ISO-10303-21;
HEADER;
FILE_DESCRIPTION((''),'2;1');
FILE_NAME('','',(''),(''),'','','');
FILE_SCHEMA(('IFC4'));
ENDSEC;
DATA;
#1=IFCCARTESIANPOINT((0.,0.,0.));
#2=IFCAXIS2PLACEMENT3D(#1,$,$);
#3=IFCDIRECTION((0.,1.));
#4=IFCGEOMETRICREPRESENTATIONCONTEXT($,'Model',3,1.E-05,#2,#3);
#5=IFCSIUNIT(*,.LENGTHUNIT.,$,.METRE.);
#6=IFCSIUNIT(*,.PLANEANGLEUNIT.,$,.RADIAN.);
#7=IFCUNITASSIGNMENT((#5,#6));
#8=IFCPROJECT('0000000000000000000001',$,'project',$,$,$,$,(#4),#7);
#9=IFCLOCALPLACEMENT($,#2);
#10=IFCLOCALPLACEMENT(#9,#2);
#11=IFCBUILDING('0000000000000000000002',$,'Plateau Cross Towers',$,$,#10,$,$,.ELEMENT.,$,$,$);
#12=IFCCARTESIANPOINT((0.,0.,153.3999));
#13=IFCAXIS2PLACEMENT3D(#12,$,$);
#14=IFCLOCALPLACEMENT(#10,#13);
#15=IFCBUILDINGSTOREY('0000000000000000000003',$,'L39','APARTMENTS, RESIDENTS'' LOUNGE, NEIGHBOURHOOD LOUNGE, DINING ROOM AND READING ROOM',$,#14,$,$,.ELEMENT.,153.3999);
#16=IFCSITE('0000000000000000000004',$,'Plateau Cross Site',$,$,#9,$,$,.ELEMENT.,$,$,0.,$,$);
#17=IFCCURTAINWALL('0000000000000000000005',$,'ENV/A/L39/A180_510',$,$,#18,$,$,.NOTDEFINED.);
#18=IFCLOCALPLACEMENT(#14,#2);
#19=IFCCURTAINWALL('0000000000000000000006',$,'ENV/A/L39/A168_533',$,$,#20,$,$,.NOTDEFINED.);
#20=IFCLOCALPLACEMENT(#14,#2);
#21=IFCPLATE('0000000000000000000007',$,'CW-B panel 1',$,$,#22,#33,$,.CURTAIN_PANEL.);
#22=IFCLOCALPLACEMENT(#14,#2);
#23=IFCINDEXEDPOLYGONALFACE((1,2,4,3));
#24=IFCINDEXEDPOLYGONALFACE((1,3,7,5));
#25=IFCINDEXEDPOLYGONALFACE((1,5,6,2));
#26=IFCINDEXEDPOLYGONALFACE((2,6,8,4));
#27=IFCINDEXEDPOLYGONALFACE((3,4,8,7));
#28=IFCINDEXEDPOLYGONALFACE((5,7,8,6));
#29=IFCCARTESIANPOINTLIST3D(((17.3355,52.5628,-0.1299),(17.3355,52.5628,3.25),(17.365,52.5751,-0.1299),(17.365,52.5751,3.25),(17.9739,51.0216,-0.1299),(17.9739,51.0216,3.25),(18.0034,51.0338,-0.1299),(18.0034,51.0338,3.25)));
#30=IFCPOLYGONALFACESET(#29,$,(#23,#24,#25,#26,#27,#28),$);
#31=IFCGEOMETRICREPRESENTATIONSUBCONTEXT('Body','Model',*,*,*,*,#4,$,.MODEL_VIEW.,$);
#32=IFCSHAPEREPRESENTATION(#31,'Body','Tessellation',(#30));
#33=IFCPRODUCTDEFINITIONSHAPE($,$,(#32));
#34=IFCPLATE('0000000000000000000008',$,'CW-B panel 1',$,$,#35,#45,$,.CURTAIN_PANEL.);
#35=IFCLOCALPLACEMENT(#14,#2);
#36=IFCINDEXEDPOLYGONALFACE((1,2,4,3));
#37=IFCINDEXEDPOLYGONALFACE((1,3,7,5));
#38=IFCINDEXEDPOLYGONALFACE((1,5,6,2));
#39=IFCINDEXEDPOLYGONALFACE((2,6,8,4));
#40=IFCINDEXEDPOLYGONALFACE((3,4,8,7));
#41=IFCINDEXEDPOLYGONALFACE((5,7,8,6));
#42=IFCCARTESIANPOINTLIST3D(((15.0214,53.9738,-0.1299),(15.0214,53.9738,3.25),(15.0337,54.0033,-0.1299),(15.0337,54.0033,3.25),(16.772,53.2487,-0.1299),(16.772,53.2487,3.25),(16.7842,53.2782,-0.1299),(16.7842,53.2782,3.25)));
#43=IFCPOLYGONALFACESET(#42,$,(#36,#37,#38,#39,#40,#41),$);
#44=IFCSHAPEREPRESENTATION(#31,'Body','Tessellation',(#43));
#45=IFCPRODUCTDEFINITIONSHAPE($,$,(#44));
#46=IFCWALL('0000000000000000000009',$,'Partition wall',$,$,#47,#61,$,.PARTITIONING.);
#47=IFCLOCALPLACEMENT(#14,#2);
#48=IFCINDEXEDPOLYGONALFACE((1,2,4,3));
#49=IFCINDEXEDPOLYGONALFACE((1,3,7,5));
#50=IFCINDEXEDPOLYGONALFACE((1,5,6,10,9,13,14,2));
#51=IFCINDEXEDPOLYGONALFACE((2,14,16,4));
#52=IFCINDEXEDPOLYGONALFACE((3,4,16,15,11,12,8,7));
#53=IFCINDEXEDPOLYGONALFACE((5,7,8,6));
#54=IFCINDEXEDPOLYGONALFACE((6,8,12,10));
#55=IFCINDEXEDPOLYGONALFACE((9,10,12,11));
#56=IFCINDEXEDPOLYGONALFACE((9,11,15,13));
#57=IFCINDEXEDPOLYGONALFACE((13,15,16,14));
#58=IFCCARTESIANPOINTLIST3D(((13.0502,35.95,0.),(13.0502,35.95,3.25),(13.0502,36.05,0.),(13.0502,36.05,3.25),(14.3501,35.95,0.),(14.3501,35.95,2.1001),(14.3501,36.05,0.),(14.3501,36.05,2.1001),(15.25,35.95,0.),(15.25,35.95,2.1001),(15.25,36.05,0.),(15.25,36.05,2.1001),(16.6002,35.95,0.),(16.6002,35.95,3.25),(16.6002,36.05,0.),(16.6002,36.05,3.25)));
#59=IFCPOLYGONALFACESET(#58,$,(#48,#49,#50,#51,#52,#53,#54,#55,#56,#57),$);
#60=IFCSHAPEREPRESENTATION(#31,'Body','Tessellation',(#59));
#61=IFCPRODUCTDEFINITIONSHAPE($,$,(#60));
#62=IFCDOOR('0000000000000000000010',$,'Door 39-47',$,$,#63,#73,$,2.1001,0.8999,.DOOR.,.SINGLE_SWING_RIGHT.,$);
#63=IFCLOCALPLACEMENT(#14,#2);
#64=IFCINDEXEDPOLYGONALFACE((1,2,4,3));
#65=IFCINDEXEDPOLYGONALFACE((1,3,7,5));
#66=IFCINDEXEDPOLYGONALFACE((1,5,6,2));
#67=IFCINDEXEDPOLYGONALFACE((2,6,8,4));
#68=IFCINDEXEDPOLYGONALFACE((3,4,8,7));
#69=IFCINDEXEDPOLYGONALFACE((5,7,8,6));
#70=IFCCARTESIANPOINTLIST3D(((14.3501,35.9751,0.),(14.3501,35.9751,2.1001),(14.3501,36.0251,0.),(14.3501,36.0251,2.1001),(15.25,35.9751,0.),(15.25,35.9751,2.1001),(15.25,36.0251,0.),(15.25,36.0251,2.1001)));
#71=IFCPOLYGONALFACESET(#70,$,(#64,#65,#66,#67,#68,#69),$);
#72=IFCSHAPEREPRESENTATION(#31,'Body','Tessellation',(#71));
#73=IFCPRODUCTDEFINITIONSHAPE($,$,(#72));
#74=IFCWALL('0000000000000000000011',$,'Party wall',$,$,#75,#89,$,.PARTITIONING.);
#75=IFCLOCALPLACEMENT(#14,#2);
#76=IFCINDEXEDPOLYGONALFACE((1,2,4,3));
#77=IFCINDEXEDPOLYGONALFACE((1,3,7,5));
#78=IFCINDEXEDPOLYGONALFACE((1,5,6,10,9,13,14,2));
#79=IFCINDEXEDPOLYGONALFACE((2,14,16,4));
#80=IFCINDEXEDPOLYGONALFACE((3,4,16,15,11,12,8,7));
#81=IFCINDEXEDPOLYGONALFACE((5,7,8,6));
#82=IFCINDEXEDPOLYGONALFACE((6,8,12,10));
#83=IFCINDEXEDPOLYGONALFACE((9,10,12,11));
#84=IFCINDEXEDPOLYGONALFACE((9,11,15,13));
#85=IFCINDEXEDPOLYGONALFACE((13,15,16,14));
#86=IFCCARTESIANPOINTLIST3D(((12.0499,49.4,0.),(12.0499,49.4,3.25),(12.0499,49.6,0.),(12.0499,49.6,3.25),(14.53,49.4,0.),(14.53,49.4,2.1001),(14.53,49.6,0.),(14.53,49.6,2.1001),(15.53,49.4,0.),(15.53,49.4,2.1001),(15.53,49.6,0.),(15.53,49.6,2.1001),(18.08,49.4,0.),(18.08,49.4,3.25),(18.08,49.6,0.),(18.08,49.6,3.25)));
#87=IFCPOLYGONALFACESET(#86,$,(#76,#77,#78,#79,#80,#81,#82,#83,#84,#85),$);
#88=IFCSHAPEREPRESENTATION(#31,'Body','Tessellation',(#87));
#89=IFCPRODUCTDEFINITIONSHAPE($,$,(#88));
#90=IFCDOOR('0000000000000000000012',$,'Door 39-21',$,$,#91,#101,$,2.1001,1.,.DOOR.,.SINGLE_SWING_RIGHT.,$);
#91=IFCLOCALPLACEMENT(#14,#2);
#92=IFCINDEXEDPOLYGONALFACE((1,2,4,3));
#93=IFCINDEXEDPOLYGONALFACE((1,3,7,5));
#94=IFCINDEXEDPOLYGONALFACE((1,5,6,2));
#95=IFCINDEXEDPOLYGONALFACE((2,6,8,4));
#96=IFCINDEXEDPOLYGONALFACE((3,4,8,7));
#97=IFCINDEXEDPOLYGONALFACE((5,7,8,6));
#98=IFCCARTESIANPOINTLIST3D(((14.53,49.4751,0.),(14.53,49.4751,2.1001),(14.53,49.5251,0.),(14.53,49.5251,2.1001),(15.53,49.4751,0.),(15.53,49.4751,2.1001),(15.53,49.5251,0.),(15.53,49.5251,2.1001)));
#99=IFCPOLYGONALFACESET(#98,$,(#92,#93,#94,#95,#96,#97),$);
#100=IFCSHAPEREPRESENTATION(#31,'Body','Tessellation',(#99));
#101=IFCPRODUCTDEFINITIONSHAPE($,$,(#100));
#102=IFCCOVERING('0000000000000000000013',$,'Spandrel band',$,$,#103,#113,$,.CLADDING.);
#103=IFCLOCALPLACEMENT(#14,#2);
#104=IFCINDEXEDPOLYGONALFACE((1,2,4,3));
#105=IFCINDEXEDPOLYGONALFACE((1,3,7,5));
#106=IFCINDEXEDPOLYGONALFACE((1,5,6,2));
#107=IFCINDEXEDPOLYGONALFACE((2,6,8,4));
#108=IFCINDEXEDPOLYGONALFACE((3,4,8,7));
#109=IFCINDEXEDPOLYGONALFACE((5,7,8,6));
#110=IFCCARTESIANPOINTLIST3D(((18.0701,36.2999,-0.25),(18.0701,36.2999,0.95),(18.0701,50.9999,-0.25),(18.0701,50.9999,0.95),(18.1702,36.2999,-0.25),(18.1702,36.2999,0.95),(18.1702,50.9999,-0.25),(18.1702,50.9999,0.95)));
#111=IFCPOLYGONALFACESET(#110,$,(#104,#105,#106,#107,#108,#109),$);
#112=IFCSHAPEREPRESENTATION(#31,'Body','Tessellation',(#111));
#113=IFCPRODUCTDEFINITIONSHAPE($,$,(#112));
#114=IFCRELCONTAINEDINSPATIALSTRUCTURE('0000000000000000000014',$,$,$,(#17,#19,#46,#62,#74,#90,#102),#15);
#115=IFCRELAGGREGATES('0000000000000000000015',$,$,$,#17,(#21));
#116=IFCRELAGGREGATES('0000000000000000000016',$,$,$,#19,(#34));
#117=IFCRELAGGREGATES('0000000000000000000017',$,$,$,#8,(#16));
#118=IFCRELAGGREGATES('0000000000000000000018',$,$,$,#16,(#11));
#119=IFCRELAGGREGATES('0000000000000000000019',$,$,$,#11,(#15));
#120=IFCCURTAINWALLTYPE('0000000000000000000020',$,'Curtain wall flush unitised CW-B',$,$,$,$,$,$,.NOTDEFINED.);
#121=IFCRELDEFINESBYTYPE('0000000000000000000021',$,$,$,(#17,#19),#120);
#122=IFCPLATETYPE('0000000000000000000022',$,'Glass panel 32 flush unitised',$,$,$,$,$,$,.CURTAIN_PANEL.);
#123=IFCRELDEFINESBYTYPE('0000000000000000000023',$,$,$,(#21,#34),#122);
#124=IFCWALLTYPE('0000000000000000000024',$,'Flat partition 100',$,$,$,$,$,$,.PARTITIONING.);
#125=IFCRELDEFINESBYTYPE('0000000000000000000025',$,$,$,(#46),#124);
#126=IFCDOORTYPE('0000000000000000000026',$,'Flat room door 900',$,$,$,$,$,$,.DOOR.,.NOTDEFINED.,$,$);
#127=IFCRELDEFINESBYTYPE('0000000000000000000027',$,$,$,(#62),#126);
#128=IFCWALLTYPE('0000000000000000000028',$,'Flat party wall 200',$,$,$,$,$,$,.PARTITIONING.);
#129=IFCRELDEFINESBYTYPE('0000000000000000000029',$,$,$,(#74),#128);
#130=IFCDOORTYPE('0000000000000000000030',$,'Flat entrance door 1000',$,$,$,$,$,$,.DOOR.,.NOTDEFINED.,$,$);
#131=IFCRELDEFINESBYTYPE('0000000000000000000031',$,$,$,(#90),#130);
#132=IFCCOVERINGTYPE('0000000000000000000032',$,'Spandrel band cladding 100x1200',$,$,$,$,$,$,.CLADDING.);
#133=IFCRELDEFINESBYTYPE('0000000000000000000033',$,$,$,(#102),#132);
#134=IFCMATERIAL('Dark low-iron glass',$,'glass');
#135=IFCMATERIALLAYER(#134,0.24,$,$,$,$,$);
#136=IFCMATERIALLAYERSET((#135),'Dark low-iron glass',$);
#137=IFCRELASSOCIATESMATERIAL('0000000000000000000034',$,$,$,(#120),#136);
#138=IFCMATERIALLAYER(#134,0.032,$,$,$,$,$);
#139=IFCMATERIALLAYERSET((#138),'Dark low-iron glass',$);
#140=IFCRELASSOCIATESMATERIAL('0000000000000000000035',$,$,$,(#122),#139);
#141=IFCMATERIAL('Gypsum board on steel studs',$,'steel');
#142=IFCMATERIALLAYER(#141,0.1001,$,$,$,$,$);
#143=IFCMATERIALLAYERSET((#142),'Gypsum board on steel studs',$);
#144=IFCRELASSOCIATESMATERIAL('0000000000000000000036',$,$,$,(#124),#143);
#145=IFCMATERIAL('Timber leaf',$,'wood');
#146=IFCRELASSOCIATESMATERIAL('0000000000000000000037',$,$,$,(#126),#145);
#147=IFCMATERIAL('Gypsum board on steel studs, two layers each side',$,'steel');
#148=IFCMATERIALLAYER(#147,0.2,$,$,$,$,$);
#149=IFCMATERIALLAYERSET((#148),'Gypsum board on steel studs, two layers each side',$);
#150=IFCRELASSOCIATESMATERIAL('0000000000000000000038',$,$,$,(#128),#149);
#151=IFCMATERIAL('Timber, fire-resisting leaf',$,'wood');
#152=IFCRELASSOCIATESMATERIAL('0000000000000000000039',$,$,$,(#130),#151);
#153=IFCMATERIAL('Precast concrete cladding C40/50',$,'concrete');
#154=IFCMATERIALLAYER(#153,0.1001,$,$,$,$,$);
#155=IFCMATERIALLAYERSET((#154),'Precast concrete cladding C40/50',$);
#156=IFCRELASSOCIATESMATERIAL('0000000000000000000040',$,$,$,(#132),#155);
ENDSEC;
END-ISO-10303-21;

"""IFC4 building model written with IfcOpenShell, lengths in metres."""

from ifc_helpers import new_model, si_unit, direction, frame, frame_2d, origin, origin_2d, place, context, subcontext, project, spatial, rectangle, extrude, material, layer, layer_set, type_object, element, fill, aggregate, save


model = new_model("IFC4")

# Units and contexts
model_context = context("Model", 3, precision=1e-05, world=origin(), true_north=direction((0.0, 1.0)))
body_context = subcontext(model_context, "Body", "Model", "MODEL_VIEW")
ifc_project = project(units=[si_unit("LENGTHUNIT", "METRE"), si_unit("PLANEANGLEUNIT", "RADIAN")], contexts=[model_context])

# Site, building, storey
site_placement = place(None, origin())
site = spatial("IfcSite", under=ifc_project, at=site_placement, Name="Plateau Cross Site", CompositionType="ELEMENT", RefElevation=0.0)
building_placement = place(site_placement, origin())
building = spatial("IfcBuilding", under=site, at=building_placement, Name="Plateau Cross Towers", CompositionType="ELEMENT")
storey_placement = place(building_placement, frame((0.0, 0.0, 153.3999)))
storey = spatial("IfcBuildingStorey", under=building, at=storey_placement, Name="L39", Description="APARTMENTS, RESIDENTS' LOUNGE, NEIGHBOURHOOD LOUNGE, DINING ROOM AND READING ROOM", CompositionType="ELEMENT", Elevation=153.3999)

# Curtain wall
ifc_material_1 = material(Name="Dark low-iron glass", Category="glass")
ifc_layer_1 = layer(ifc_material_1, 0.24)
ifc_layer_set_1 = layer_set([ifc_layer_1], Name="Dark low-iron glass")
curtain_wall_type = type_object("IfcCurtainWallType", Name="Curtain wall flush unitised CW-B", PredefinedType="NOTDEFINED", material=ifc_layer_set_1)
curtain_wall_1_placement = place(storey_placement, origin())
curtain_wall_1 = element("IfcCurtainWall", 1, at=curtain_wall_1_placement, inside=storey, type_object=curtain_wall_type, Name="ENV/A/L39/A180_510", PredefinedType="NOTDEFINED")

# Curtain wall
curtain_wall_2_placement = place(storey_placement, origin())
curtain_wall_2 = element("IfcCurtainWall", 2, at=curtain_wall_2_placement, inside=storey, type_object=curtain_wall_type, Name="ENV/A/L39/A168_533", PredefinedType="NOTDEFINED")

# Plates
ifc_layer_2 = layer(ifc_material_1, 0.032)
ifc_layer_set_2 = layer_set([ifc_layer_2], Name="Dark low-iron glass")
plate_type = type_object("IfcPlateType", Name="Glass panel 32 flush unitised", PredefinedType="CURTAIN_PANEL", material=ifc_layer_set_2)
plate_1_placement = place(storey_placement, frame((17.6694, 51.7983, -0.1299), z_axis=(0.0, 0.0, 1.0), x_axis=(-0.382684, 0.923879, 0.0)))
plate_1 = element("IfcPlate", 3, at=plate_1_placement, type_object=plate_type, Name="CW-B panel 1", PredefinedType="CURTAIN_PANEL", context=body_context, shape_type="SweptSolid", body=[
    extrude(rectangle(XDim=1.6682, YDim=0.032, at=origin_2d()), origin(), (0.0, 0.0, 1.0), 3.3799),
])
aggregate(curtain_wall_1, [plate_1])
plate_2_placement = place(storey_placement, frame((15.9028, 53.626, -0.1299), z_axis=(0.0, 0.0, 1.0), x_axis=(-0.923879, 0.382684, 0.0)))
plate_2 = element("IfcPlate", 4, at=plate_2_placement, type_object=plate_type, Name="CW-B panel 1", PredefinedType="CURTAIN_PANEL", context=body_context, shape_type="SweptSolid", body=[
    extrude(rectangle(XDim=1.8948, YDim=0.032, at=origin_2d()), origin(), (0.0, 0.0, 1.0), 3.3799),
])
aggregate(curtain_wall_2, [plate_2])

# Walls, openings, doors
ifc_material_2 = material(Name="Gypsum board on steel studs", Category="steel")
ifc_layer_3 = layer(ifc_material_2, 0.1001)
ifc_layer_set_3 = layer_set([ifc_layer_3], Name="Gypsum board on steel studs")
wall_type_1 = type_object("IfcWallType", Name="Flat partition 100", PredefinedType="PARTITIONING", material=ifc_layer_set_3)
wall_1_placement = place(storey_placement, frame((16.6001, 36.0, 0.0), z_axis=(0.0, 0.0, 1.0), x_axis=(-1.0, 0.0, 0.0)))
wall_1 = element("IfcWall", 5, at=wall_1_placement, inside=storey, type_object=wall_type_1, Name="Partition wall", PredefinedType="PARTITIONING", context=body_context, shape_type="SweptSolid", body=[
    extrude(rectangle(XDim=3.55, YDim=0.1001, at=frame_2d((1.7749, 0.0))), origin(), (0.0, 0.0, 1.0), 3.25),
])
opening_1_placement = place(wall_1_placement, frame((1.3501, 0.0, 0.0)))
opening_1 = element("IfcOpeningElement", 6, at=opening_1_placement, cuts=wall_1, PredefinedType="OPENING", context=body_context, shape_type="SweptSolid", body=[
    extrude(rectangle(XDim=0.8999, YDim=2.1001, at=frame_2d((0.45, 1.05))), frame((0.0, 0.0601, 0.0), z_axis=(0.0, -1.0, 0.0), x_axis=(1.0, 0.0, 0.0)), (0.0, 0.0, 1.0), 0.1201),
])
ifc_material_3 = material(Name="Timber leaf", Category="wood")
door_type_1 = type_object("IfcDoorType", Name="Flat room door 900", OperationType="NOTDEFINED", PredefinedType="DOOR", material=ifc_material_3)
door_1_placement = place(opening_1_placement, origin())
door_1 = element("IfcDoor", 7, at=door_1_placement, inside=storey, type_object=door_type_1, Name="Door 39-47", OperationType="SINGLE_SWING_RIGHT", OverallHeight=2.1001, OverallWidth=0.8999, PredefinedType="DOOR", context=body_context, shape_type="SweptSolid", body=[
    extrude(rectangle(XDim=0.8999, YDim=2.1001, at=frame_2d((0.45, 1.05))), frame((0.0, 0.0249, 0.0), z_axis=(0.0, -1.0, 0.0), x_axis=(1.0, 0.0, 0.0)), (0.0, 0.0, 1.0), 0.05),
])
fill(opening_1, door_1)
ifc_material_4 = material(Name="Gypsum board on steel studs, two layers each side", Category="steel")
ifc_layer_4 = layer(ifc_material_4, 0.2)
ifc_layer_set_4 = layer_set([ifc_layer_4], Name="Gypsum board on steel studs, two layers each side")
wall_type_2 = type_object("IfcWallType", Name="Flat party wall 200", PredefinedType="PARTITIONING", material=ifc_layer_set_4)
wall_2_placement = place(storey_placement, frame((18.0801, 49.5, 0.0), z_axis=(0.0, 0.0, 1.0), x_axis=(-1.0, 0.0, 0.0)))
wall_2 = element("IfcWall", 8, at=wall_2_placement, inside=storey, type_object=wall_type_2, Name="Party wall", PredefinedType="PARTITIONING", context=body_context, shape_type="SweptSolid", body=[
    extrude(rectangle(XDim=6.03, YDim=0.2, at=frame_2d((3.0151, 0.0))), origin(), (0.0, 0.0, 1.0), 3.25),
])
opening_2_placement = place(wall_2_placement, frame((2.55, 0.0, 0.0)))
opening_2 = element("IfcOpeningElement", 9, at=opening_2_placement, cuts=wall_2, PredefinedType="OPENING", context=body_context, shape_type="SweptSolid", body=[
    extrude(rectangle(XDim=1.0, YDim=2.1001, at=frame_2d((0.5, 1.05))), frame((0.0, 0.1099, 0.0), z_axis=(0.0, -1.0, 0.0), x_axis=(1.0, 0.0, 0.0)), (0.0, 0.0, 1.0), 0.22),
])
ifc_material_5 = material(Name="Timber, fire-resisting leaf", Category="wood")
door_type_2 = type_object("IfcDoorType", Name="Flat entrance door 1000", OperationType="NOTDEFINED", PredefinedType="DOOR", material=ifc_material_5)
door_2_placement = place(opening_2_placement, origin())
door_2 = element("IfcDoor", 10, at=door_2_placement, inside=storey, type_object=door_type_2, Name="Door 39-21", OperationType="SINGLE_SWING_RIGHT", OverallHeight=2.1001, OverallWidth=1.0, PredefinedType="DOOR", context=body_context, shape_type="SweptSolid", body=[
    extrude(rectangle(XDim=1.0, YDim=2.1001, at=frame_2d((0.5, 1.05))), frame((0.0, 0.0249, 0.0), z_axis=(0.0, -1.0, 0.0), x_axis=(1.0, 0.0, 0.0)), (0.0, 0.0, 1.0), 0.05),
])
fill(opening_2, door_2)

# Covering
ifc_material_6 = material(Name="Precast concrete cladding C40/50", Category="concrete")
ifc_layer_5 = layer(ifc_material_6, 0.1001)
ifc_layer_set_5 = layer_set([ifc_layer_5], Name="Precast concrete cladding C40/50")
covering_type = type_object("IfcCoveringType", Name="Spandrel band cladding 100x1200", PredefinedType="CLADDING", material=ifc_layer_set_5)
covering_placement = place(storey_placement, frame((18.1201, 43.6499, -0.25), z_axis=(0.0, 0.0, 1.0), x_axis=(0.0, 1.0, 0.0)))
element("IfcCovering", 11, at=covering_placement, inside=storey, type_object=covering_type, Name="Spandrel band", PredefinedType="CLADDING", context=body_context, shape_type="SweptSolid", body=[
    extrude(rectangle(XDim=14.7, YDim=0.1001, at=origin_2d()), origin(), (0.0, 0.0, 1.0), 1.2),
])

save(model, "model.ifc")
